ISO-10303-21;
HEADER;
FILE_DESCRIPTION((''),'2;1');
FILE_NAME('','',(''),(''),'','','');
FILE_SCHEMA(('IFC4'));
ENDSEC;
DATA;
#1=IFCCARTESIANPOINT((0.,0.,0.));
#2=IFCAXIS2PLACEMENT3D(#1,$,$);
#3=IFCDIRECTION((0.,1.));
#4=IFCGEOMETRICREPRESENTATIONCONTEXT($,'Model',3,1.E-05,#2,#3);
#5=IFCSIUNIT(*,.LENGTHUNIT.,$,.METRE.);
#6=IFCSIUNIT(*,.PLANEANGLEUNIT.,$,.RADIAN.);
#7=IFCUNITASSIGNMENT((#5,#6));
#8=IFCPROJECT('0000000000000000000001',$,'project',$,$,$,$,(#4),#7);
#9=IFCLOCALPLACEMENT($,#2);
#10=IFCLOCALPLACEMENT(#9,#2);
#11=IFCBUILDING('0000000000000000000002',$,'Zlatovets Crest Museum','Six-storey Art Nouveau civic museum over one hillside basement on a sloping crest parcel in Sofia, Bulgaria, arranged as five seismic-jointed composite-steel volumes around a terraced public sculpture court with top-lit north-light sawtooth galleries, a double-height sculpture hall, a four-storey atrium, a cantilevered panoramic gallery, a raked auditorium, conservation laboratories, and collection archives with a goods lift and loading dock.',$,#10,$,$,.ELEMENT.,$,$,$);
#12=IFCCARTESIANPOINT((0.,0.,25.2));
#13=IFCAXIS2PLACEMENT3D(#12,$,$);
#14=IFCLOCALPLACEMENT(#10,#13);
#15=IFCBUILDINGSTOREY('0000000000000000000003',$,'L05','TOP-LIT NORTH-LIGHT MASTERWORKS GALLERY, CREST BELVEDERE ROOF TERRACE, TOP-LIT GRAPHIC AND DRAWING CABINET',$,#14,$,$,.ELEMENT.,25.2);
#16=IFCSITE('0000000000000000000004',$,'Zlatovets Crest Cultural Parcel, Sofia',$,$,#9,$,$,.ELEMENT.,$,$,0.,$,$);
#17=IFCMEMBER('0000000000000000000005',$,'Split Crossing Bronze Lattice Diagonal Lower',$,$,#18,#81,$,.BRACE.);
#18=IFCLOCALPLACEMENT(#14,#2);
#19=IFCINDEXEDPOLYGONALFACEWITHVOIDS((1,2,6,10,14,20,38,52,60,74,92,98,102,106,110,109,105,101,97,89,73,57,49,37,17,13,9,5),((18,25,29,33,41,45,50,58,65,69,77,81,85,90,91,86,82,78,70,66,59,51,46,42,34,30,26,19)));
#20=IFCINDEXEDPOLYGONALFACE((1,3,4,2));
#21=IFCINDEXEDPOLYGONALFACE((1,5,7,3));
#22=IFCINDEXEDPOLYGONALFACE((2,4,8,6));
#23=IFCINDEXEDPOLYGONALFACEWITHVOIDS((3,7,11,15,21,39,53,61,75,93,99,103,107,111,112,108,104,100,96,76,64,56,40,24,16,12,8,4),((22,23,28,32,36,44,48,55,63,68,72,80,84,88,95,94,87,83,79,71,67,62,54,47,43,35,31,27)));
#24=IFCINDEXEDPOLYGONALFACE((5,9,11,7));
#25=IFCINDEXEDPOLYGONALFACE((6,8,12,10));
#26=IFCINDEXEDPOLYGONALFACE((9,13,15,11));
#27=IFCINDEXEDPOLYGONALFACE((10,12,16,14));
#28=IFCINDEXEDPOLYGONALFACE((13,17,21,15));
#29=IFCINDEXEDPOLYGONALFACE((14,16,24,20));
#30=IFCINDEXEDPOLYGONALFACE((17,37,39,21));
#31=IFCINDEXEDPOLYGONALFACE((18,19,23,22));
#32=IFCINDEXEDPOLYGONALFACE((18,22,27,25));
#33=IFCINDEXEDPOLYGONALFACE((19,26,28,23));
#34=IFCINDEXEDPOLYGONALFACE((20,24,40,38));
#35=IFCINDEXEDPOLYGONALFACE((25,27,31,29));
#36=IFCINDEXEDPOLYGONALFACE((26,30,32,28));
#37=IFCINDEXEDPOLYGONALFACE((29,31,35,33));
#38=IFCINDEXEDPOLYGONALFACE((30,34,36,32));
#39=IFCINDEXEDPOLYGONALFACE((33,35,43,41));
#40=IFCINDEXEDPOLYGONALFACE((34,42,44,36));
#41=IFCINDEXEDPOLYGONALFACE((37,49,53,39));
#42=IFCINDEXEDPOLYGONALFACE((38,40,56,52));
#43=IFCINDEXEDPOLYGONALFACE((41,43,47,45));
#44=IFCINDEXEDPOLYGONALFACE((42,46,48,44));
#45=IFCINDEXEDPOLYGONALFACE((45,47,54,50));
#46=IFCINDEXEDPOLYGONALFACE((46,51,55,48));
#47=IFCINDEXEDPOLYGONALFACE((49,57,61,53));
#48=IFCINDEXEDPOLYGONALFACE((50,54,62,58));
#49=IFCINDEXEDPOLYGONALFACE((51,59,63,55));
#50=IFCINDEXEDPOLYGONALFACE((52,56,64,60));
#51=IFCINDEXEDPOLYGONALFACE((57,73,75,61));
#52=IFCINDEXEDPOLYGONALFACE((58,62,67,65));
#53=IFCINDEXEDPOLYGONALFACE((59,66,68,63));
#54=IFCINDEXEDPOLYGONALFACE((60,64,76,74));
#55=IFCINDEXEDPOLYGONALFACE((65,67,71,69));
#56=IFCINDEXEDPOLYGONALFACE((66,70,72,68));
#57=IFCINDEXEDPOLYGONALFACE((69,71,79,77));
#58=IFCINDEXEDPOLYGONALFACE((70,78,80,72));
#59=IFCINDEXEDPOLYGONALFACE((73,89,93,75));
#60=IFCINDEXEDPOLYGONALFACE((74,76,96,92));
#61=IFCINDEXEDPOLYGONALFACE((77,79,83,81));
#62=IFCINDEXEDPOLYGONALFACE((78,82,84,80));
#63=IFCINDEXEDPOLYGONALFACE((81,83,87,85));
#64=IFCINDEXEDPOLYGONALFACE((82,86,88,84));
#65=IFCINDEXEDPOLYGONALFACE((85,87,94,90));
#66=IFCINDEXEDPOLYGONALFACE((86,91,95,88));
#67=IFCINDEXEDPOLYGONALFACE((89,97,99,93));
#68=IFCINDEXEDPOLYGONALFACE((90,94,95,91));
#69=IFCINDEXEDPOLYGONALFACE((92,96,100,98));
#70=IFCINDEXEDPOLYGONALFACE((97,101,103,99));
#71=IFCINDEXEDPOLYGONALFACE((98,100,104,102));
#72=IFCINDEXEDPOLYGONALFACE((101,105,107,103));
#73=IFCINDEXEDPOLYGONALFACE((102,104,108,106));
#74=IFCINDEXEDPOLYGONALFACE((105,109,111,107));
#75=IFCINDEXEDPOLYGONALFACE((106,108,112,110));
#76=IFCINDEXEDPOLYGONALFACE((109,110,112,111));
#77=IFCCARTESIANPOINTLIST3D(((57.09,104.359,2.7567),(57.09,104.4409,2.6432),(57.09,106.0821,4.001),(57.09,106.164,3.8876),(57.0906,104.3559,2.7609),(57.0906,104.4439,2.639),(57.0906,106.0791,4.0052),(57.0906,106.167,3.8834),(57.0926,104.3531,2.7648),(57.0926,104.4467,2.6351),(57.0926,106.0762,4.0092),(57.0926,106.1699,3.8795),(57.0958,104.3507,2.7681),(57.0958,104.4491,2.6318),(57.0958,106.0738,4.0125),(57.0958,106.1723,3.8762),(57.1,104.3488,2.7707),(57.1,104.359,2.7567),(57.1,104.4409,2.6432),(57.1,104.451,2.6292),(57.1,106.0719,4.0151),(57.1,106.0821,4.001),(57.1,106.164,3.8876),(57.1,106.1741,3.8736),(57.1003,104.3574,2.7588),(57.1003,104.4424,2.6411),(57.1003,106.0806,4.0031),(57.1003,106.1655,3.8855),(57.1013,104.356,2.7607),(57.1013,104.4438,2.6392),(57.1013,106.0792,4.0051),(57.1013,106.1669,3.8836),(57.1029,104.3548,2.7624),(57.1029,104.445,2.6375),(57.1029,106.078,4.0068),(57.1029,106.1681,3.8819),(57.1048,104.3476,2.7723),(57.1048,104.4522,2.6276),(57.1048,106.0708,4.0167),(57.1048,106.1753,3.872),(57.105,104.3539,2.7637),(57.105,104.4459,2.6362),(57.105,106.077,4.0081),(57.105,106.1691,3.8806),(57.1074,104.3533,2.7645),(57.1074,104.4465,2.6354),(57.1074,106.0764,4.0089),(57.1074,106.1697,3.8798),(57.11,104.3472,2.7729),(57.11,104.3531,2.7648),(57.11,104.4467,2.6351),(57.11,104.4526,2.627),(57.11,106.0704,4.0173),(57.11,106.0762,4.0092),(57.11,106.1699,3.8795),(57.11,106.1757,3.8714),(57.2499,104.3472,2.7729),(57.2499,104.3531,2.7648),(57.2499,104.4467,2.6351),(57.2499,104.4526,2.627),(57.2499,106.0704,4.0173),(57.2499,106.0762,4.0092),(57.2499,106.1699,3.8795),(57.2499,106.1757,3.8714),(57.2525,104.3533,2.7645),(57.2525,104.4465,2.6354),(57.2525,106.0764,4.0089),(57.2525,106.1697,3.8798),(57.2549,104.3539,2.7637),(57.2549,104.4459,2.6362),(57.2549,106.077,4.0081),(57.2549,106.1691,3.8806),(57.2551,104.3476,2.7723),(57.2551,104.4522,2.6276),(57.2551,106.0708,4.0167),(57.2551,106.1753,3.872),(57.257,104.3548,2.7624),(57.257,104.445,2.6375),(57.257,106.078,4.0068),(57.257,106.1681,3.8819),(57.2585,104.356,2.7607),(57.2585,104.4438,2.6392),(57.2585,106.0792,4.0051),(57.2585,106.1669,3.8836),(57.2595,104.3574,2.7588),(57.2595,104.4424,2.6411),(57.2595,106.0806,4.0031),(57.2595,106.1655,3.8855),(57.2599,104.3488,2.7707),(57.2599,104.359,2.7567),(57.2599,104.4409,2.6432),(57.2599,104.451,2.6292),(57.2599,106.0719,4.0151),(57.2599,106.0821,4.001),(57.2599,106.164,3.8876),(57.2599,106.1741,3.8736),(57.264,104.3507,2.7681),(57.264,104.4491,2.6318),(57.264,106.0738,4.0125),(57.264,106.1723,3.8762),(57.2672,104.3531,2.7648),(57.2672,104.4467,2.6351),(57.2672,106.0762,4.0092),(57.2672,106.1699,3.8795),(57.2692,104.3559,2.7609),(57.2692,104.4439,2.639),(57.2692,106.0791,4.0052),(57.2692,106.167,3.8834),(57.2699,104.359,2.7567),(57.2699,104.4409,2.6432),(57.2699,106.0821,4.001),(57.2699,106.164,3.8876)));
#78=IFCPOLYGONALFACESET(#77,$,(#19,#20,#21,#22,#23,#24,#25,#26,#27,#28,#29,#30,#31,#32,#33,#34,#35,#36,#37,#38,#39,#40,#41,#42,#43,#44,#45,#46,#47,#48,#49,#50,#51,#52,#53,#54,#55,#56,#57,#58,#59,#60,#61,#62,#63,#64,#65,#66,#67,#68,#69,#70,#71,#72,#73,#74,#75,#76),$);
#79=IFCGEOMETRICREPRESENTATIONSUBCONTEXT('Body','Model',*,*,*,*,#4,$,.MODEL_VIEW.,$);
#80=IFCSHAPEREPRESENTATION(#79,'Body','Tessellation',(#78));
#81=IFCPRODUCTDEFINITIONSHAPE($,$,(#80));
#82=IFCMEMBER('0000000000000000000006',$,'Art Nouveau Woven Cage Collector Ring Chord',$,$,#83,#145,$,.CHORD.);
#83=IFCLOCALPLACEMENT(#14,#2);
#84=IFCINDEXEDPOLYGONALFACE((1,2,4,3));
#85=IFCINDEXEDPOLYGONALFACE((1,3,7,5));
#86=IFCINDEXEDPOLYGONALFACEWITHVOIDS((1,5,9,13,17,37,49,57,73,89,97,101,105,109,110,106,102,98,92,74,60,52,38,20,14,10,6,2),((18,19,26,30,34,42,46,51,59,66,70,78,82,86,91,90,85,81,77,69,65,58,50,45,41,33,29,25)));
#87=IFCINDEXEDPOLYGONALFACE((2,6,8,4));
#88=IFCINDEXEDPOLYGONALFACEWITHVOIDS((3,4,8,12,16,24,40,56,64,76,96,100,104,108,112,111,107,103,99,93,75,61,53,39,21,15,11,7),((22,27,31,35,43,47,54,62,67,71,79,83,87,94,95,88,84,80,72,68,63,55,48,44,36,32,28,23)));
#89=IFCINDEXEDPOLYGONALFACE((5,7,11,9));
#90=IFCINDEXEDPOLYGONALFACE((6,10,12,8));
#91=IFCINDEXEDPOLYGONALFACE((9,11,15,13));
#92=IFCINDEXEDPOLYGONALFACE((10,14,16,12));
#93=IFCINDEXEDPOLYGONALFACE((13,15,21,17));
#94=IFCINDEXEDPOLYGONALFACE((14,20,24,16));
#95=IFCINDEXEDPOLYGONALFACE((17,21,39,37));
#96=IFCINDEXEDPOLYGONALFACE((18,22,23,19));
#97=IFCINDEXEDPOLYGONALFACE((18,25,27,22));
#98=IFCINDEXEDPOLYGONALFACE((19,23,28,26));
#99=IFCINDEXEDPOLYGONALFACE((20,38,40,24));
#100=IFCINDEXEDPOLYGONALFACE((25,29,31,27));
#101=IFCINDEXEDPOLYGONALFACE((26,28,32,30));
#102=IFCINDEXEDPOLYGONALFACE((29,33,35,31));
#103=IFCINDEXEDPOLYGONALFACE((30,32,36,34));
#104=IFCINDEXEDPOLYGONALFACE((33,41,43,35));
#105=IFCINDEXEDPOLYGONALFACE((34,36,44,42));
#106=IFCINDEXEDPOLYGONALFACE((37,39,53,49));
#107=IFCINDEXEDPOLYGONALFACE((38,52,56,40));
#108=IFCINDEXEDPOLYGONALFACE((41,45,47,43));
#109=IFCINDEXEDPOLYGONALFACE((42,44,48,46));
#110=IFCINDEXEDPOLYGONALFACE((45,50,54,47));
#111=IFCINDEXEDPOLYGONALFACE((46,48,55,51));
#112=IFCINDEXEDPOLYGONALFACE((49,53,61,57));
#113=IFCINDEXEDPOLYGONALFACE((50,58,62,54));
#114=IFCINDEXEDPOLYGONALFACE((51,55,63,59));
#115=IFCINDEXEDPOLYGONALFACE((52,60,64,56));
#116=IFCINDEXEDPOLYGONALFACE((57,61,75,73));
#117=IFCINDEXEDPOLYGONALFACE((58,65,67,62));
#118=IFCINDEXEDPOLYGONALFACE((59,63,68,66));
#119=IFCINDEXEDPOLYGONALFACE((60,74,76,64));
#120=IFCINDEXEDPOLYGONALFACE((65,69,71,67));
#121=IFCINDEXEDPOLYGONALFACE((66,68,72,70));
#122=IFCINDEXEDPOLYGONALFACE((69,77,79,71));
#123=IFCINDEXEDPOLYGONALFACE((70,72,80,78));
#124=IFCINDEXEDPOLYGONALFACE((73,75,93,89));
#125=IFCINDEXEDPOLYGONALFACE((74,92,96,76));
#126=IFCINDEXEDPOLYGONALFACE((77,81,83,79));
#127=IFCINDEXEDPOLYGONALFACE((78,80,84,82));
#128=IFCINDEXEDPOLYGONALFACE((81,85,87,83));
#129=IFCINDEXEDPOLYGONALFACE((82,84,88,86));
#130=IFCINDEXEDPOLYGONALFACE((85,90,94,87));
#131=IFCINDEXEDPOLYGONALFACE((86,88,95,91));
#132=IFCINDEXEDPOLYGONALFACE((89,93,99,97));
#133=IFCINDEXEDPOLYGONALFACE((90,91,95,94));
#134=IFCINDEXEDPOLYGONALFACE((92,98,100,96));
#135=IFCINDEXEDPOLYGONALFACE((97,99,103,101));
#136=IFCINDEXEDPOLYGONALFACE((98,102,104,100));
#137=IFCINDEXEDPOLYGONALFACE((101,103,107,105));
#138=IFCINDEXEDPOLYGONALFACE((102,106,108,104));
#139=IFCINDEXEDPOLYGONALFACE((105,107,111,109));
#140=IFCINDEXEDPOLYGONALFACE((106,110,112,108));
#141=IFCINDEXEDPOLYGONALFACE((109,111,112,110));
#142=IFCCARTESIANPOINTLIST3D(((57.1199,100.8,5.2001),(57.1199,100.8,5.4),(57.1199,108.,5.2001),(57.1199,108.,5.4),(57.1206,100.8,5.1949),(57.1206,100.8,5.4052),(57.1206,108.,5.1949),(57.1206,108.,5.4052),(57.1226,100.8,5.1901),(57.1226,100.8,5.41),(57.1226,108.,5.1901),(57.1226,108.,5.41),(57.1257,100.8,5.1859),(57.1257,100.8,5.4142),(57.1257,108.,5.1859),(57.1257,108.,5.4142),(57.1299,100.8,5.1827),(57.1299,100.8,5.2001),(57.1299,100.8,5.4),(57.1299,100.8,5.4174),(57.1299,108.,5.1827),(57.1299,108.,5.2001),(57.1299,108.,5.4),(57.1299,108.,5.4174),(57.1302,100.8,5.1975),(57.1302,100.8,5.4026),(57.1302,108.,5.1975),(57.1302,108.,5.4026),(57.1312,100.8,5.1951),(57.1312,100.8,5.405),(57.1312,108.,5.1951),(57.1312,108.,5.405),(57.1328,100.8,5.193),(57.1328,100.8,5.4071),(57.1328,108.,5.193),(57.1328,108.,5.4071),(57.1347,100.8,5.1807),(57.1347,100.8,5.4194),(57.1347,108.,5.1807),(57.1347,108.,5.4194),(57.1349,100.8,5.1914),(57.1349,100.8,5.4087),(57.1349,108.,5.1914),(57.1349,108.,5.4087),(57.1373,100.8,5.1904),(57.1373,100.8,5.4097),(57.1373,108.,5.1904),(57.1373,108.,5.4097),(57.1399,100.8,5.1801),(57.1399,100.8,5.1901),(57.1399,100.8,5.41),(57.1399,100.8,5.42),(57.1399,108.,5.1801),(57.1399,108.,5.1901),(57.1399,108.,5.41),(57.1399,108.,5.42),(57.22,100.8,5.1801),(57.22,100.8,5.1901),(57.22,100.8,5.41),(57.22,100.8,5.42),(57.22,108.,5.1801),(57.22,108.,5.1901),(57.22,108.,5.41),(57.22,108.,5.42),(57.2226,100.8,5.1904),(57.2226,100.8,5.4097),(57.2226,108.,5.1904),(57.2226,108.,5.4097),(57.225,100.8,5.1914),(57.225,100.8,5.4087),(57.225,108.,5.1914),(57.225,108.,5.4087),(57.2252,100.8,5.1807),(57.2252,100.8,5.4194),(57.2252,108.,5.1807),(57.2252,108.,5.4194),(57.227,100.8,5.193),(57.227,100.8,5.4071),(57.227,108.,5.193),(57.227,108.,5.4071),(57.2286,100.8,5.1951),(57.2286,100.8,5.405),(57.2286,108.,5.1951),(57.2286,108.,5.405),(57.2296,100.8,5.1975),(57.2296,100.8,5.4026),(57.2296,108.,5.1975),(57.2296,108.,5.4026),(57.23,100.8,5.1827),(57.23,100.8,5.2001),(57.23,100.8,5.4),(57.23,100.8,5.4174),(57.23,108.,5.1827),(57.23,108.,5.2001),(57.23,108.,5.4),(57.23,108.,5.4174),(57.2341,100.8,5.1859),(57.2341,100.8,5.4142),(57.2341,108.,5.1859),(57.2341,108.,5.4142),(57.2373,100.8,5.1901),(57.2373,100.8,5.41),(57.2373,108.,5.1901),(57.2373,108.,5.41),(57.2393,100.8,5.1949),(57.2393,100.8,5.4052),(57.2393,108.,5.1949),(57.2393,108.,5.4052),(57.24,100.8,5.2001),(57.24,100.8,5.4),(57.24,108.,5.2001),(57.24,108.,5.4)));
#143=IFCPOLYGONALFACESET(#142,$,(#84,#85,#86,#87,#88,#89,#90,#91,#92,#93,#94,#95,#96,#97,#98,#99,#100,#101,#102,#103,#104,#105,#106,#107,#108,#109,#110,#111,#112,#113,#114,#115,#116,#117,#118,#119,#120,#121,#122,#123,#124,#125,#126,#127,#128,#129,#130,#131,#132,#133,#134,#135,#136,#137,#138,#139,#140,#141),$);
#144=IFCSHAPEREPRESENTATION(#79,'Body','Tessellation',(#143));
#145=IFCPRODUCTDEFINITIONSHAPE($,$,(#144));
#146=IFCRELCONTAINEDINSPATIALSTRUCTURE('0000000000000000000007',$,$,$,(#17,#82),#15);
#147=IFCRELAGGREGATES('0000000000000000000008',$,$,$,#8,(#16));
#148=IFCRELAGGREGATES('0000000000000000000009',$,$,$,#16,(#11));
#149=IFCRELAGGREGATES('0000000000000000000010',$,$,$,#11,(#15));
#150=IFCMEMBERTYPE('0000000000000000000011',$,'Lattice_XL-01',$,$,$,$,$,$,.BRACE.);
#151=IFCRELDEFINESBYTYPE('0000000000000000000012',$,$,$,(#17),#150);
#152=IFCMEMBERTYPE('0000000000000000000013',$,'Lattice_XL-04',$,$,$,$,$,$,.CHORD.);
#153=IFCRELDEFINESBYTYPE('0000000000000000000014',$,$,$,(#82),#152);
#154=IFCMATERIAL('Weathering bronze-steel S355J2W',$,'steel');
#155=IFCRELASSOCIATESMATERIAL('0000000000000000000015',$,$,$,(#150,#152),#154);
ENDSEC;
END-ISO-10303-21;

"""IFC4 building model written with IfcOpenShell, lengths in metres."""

from ifc_helpers import new_model, si_unit, direction, frame, origin, origin_2d, place, context, subcontext, project, spatial, hollow_rectangle, extrude, material, material_profile, profile_set, type_object, element, save


model = new_model("IFC4")

# Units and contexts
model_context = context("Model", 3, precision=1e-05, world=origin(), true_north=direction((0.0, 1.0)))
body_context = subcontext(model_context, "Body", "Model", "MODEL_VIEW")
ifc_project = project(units=[si_unit("LENGTHUNIT", "METRE"), si_unit("PLANEANGLEUNIT", "RADIAN")], contexts=[model_context])

# Site, building, storey
site_placement = place(None, origin())
site = spatial("IfcSite", under=ifc_project, at=site_placement, Name="Zlatovets Crest Cultural Parcel, Sofia", CompositionType="ELEMENT", RefElevation=0.0)
building_placement = place(site_placement, origin())
building = spatial("IfcBuilding", under=site, at=building_placement, Name="Zlatovets Crest Museum", Description="Six-storey Art Nouveau civic museum over one hillside basement on a sloping crest parcel in Sofia, Bulgaria, arranged as five seismic-jointed composite-steel volumes around a terraced public sculpture court with top-lit north-light sawtooth galleries, a double-height sculpture hall, a four-storey atrium, a cantilevered panoramic gallery, a raked auditorium, conservation laboratories, and collection archives with a goods lift and loading dock.", CompositionType="ELEMENT")
storey_placement = place(building_placement, frame((0.0, 0.0, 25.2)))
storey = spatial("IfcBuildingStorey", under=building, at=storey_placement, Name="L05", Description="TOP-LIT NORTH-LIGHT MASTERWORKS GALLERY, CREST BELVEDERE ROOF TERRACE, TOP-LIT GRAPHIC AND DRAWING CABINET", CompositionType="ELEMENT", Elevation=25.2)

# Members
ifc_material_1 = material(Name="Weathering bronze-steel S355J2W", Category="steel")
ifc_material_profile_1 = material_profile(ifc_material_1, hollow_rectangle(XDim=0.1799, YDim=0.1799, WallThickness=0.01, InnerFilletRadius=0.01, OuterFilletRadius=0.02, at=origin_2d()), Name="SHS 180x180x10.0")
ifc_profile_set_1 = profile_set([ifc_material_profile_1], Name="Weathering bronze-steel S355J2W")
member_type_1 = type_object("IfcMemberType", Name="Lattice_XL-01", PredefinedType="BRACE", material=ifc_profile_set_1)
member_1_placement = place(storey_placement, frame((57.1799, 106.123, 3.9443), z_axis=(0.0, -0.810703, -0.585457), x_axis=(1.0, 0.0, 0.0)))
element("IfcMember", 1, at=member_1_placement, inside=storey, type_object=member_type_1, Name="Split Crossing Bronze Lattice Diagonal Lower", PredefinedType="BRACE", context=body_context, shape_type="SweptSolid", body=[
    extrude(hollow_rectangle(XDim=0.1799, YDim=0.1799, WallThickness=0.01, InnerFilletRadius=0.01, OuterFilletRadius=0.02, at=origin_2d()), origin(), (0.0, 0.0, 1.0), 2.1255),
])
ifc_material_profile_2 = material_profile(ifc_material_1, hollow_rectangle(XDim=0.1201, YDim=0.24, WallThickness=0.01, InnerFilletRadius=0.01, OuterFilletRadius=0.02, at=origin_2d()), Name="RHS 120x240x10.0")
ifc_profile_set_2 = profile_set([ifc_material_profile_2], Name="Weathering bronze-steel S355J2W")
member_type_2 = type_object("IfcMemberType", Name="Lattice_XL-04", PredefinedType="CHORD", material=ifc_profile_set_2)
member_2_placement = place(storey_placement, frame((57.1799, 108.0, 5.3), z_axis=(0.0, -1.0, 0.0), x_axis=(1.0, 0.0, 0.0)))
element("IfcMember", 2, at=member_2_placement, inside=storey, type_object=member_type_2, Name="Art Nouveau Woven Cage Collector Ring Chord", PredefinedType="CHORD", context=body_context, shape_type="SweptSolid", body=[
    extrude(hollow_rectangle(XDim=0.1201, YDim=0.24, WallThickness=0.01, InnerFilletRadius=0.01, OuterFilletRadius=0.02, at=origin_2d()), origin(), (0.0, 0.0, 1.0), 7.2),
])

save(model, "model.ifc")
